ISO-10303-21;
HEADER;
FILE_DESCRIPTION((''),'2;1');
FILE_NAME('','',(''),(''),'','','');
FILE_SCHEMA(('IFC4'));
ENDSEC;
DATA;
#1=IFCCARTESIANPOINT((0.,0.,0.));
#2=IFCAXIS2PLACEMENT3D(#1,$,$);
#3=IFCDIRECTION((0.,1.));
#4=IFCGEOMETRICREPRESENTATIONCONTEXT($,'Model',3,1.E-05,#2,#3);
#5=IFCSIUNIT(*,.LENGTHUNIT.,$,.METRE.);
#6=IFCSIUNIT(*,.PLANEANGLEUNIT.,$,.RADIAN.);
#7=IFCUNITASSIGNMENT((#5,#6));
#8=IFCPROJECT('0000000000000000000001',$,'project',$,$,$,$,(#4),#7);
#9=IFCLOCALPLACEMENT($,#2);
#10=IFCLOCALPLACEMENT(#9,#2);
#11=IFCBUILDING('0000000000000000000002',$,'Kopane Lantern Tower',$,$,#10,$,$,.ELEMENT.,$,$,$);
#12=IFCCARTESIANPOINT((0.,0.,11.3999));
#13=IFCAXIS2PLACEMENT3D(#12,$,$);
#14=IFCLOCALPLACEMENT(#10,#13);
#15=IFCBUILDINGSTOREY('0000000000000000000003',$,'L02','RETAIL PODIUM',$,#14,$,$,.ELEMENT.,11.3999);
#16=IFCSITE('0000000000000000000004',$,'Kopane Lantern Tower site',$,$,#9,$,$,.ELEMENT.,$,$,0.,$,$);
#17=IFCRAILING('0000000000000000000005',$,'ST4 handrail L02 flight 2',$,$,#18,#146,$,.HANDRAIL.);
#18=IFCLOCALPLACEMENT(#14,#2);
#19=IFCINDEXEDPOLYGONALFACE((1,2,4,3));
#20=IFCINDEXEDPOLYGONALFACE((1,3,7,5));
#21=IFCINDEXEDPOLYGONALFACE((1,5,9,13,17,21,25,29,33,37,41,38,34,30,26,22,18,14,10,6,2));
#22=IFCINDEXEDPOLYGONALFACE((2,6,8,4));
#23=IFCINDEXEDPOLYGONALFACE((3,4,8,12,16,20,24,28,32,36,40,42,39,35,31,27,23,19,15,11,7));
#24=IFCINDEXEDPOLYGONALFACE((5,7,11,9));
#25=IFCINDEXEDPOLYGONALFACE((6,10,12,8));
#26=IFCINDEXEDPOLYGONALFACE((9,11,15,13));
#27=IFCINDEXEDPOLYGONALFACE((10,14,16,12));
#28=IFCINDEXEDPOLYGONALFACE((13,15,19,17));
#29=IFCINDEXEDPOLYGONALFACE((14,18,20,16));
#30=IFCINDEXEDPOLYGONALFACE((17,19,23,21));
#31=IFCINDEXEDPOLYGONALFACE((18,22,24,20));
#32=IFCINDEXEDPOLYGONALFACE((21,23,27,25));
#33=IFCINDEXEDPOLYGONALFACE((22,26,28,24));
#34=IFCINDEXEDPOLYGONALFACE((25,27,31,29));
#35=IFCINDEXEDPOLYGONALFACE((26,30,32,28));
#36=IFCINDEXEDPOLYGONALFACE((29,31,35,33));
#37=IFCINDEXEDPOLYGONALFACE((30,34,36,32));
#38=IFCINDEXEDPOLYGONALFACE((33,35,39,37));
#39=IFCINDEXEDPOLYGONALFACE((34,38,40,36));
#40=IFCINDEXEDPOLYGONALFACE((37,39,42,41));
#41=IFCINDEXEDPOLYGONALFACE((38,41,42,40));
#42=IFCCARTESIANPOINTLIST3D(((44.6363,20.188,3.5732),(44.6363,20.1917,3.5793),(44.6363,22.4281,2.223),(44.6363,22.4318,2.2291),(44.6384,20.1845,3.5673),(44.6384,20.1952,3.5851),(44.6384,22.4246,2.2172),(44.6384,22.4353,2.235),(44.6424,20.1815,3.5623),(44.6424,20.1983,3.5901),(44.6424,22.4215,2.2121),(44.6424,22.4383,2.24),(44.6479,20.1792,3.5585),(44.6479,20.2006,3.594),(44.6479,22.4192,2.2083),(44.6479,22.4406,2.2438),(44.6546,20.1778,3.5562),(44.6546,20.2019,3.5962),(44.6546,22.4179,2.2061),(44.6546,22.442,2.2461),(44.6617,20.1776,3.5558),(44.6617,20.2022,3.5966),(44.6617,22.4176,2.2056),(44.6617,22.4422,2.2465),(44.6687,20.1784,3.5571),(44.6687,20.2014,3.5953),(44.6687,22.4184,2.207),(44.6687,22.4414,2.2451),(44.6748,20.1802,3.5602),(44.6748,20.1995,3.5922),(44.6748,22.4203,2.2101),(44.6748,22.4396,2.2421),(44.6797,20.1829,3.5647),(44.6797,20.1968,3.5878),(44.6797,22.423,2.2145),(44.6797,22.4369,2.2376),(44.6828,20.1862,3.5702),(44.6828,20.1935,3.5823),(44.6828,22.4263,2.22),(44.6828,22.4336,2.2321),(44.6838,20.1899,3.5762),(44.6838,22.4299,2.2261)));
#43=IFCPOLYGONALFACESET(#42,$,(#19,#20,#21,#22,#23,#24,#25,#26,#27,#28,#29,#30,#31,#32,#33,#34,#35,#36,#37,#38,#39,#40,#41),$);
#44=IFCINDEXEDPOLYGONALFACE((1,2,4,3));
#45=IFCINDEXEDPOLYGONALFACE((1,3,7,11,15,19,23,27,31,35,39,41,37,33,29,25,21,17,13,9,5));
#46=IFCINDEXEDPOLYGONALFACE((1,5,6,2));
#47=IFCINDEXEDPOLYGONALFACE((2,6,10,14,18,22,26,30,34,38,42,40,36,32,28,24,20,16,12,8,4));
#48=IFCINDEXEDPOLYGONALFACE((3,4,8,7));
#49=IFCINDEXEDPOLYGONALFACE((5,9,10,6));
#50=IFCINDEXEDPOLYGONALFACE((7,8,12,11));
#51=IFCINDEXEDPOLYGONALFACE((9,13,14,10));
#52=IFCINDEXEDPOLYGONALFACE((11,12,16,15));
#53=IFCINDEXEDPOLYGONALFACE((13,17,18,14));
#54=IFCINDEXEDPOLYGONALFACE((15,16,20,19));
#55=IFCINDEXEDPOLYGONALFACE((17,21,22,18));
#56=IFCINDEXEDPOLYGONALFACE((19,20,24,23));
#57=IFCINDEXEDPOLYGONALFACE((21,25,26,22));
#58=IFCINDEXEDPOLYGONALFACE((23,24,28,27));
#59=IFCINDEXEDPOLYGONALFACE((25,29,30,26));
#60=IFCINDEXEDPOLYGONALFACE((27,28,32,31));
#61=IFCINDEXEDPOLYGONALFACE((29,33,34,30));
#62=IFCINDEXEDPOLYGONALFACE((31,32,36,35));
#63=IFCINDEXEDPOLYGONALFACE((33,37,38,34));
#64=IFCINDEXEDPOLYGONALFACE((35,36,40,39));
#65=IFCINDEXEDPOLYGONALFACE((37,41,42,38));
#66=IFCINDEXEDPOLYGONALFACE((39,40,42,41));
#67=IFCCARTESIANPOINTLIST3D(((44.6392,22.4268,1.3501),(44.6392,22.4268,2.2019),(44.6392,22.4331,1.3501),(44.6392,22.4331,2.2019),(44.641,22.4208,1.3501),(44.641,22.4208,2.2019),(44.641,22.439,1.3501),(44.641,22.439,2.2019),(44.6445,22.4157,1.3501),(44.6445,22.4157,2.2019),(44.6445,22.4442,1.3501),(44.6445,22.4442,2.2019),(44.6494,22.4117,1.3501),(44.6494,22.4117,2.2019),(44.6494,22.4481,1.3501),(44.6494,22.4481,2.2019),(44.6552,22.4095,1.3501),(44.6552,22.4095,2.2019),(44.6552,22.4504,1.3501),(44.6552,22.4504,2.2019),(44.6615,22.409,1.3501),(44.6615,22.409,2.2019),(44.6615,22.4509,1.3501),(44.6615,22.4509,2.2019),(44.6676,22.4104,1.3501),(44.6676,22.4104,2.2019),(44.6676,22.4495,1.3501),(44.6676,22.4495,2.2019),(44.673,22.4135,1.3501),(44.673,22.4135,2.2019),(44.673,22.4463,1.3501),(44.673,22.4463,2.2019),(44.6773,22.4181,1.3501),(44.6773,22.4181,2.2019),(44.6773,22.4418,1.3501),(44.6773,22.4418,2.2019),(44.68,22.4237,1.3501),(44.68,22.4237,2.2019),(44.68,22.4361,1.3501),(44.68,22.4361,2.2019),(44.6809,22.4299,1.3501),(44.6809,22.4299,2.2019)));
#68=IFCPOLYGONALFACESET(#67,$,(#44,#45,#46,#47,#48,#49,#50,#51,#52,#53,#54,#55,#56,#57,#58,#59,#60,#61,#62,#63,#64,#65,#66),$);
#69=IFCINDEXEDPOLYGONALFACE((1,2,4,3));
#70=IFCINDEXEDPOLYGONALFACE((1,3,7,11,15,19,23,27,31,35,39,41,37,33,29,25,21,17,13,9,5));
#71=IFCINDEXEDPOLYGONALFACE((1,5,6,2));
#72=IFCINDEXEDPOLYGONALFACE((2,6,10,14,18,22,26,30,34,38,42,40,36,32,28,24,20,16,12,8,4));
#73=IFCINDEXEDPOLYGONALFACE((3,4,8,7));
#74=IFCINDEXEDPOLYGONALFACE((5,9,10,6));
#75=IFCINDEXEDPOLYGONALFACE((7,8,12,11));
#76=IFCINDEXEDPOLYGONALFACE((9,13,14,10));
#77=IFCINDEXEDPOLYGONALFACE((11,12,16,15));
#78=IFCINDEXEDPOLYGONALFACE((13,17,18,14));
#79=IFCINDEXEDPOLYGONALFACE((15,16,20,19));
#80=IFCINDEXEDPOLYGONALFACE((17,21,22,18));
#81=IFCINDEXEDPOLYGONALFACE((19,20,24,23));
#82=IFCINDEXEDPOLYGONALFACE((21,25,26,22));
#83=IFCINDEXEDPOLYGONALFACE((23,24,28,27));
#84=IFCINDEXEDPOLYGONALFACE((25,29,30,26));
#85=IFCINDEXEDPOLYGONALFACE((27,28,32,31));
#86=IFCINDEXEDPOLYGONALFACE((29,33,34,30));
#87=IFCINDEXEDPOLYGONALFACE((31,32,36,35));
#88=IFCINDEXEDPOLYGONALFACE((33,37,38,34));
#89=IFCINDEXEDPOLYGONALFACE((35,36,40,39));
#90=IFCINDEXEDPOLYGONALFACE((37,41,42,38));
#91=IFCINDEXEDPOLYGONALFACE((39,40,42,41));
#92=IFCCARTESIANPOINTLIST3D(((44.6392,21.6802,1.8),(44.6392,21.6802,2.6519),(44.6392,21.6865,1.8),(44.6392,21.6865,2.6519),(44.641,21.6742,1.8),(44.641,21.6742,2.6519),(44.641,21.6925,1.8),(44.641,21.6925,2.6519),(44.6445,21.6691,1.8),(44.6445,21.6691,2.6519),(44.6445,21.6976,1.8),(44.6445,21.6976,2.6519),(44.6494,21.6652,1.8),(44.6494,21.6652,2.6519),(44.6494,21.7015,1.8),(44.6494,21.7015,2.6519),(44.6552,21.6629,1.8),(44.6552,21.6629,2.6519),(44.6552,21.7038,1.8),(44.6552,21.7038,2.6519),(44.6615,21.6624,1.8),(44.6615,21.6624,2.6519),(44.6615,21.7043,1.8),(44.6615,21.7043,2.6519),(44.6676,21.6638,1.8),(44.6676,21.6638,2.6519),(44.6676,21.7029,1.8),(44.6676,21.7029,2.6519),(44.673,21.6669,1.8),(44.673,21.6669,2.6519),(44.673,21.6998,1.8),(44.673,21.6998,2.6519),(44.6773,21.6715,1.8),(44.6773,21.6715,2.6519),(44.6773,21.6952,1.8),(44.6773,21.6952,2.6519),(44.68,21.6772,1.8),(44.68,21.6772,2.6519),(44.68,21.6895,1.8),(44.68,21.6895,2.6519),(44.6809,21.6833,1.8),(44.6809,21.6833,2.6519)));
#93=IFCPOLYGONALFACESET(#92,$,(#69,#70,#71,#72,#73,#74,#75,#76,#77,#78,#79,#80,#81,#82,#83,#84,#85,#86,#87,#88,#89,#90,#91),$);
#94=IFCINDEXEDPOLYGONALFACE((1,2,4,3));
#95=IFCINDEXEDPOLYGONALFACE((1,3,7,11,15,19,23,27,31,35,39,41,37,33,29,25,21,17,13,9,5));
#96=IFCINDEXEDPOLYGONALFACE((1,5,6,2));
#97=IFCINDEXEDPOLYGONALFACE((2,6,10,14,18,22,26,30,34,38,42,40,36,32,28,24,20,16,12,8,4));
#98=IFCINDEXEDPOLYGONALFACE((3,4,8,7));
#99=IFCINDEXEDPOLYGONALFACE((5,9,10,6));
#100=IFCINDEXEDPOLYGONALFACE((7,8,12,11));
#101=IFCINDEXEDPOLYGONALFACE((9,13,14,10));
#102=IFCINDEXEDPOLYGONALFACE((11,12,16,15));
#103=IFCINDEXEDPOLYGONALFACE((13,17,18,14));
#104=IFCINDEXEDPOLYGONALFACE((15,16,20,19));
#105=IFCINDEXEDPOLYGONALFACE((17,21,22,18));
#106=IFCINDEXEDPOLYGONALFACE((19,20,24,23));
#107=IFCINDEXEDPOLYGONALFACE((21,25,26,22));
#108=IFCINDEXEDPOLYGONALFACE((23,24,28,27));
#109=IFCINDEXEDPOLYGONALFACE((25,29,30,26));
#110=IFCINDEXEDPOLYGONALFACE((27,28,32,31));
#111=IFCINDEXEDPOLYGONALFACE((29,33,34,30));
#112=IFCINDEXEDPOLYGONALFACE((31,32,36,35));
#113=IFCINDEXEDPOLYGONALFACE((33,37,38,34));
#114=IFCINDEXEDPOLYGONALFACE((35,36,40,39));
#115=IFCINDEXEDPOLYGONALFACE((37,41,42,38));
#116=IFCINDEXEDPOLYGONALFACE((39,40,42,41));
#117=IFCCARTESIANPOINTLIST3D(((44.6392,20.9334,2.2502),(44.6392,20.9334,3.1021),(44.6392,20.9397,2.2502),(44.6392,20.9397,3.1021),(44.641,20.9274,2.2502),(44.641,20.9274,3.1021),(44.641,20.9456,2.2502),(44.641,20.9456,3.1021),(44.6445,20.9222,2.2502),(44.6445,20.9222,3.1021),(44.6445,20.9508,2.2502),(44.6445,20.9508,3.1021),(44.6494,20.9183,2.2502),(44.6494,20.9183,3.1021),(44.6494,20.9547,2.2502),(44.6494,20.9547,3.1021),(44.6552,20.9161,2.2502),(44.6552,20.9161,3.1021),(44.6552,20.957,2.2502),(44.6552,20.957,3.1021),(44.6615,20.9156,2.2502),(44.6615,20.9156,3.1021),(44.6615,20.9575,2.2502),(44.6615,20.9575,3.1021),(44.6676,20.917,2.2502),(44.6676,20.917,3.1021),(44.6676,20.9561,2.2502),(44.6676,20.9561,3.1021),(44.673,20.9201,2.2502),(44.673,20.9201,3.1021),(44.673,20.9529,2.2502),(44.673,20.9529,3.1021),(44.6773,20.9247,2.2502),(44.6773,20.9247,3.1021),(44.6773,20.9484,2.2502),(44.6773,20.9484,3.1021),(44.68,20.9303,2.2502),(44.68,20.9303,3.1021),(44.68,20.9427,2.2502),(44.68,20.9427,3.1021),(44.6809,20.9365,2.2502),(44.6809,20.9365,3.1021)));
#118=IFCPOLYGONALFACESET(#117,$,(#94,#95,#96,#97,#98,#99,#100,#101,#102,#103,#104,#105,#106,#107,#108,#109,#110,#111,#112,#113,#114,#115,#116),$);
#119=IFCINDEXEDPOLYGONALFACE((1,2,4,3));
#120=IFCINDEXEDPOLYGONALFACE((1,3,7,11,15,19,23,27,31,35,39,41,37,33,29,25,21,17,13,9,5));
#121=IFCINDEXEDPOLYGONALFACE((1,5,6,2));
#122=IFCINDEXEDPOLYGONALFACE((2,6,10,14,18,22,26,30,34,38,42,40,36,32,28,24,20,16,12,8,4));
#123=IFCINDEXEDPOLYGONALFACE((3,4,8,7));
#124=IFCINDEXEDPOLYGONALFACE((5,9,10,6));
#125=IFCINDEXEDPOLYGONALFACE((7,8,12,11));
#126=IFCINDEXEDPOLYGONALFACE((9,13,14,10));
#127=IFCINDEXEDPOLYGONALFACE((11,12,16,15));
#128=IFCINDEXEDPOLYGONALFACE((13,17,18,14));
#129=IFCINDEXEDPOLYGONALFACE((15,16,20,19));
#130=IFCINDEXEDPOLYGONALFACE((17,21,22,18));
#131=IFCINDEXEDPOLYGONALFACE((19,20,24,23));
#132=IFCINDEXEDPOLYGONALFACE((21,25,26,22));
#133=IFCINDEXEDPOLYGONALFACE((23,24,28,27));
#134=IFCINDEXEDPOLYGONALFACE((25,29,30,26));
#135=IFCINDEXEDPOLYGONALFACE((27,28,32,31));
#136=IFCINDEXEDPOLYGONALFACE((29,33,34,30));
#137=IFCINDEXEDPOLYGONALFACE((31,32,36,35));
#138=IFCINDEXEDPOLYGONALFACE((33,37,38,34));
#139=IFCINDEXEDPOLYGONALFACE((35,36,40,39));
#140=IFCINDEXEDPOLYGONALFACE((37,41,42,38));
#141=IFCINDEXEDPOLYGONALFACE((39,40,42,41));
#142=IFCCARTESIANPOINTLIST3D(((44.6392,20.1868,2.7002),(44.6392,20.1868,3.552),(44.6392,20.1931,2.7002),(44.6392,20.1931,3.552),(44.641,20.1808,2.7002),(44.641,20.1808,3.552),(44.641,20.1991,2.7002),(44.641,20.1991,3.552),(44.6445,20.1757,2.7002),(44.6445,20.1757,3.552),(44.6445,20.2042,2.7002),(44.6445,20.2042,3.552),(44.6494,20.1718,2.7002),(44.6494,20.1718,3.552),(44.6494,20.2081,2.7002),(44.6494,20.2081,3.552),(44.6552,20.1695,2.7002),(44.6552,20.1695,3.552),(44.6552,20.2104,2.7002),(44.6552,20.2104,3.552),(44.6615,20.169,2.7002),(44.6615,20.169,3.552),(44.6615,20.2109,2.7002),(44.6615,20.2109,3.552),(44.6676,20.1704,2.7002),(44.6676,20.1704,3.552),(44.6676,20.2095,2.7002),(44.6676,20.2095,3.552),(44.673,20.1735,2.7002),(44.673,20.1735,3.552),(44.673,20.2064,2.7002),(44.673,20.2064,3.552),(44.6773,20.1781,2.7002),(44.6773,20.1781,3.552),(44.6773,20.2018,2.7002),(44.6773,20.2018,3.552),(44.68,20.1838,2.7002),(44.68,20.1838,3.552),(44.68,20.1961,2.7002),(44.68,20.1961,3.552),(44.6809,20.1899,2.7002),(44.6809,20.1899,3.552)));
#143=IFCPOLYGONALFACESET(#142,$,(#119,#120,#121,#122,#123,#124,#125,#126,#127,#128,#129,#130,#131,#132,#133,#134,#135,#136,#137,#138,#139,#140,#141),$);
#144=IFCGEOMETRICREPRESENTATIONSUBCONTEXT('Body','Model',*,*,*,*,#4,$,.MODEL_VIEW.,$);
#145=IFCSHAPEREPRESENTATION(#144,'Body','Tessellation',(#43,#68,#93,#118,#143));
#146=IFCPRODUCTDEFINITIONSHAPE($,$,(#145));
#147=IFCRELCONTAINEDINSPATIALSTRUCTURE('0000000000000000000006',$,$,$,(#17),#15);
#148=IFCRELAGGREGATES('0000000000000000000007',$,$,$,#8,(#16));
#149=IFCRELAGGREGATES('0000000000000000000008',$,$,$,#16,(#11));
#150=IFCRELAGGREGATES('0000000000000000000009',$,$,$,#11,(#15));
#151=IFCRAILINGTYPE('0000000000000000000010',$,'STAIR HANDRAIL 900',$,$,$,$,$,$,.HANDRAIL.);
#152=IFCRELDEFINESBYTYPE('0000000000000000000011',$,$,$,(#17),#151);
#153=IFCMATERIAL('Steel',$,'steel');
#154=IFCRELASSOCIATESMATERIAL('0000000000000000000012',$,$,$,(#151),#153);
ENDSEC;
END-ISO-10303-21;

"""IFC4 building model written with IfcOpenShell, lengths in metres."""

from ifc_helpers import new_model, si_unit, direction, frame, origin, origin_2d, place, context, subcontext, project, spatial, circle, extrude, material, type_object, element, save


model = new_model("IFC4")

# Units and contexts
model_context = context("Model", 3, precision=1e-05, world=origin(), true_north=direction((0.0, 1.0)))
body_context = subcontext(model_context, "Body", "Model", "MODEL_VIEW")
ifc_project = project(units=[si_unit("LENGTHUNIT", "METRE"), si_unit("PLANEANGLEUNIT", "RADIAN")], contexts=[model_context])

# Site, building, storey
site_placement = place(None, origin())
site = spatial("IfcSite", under=ifc_project, at=site_placement, Name="Kopane Lantern Tower site", CompositionType="ELEMENT", RefElevation=0.0)
building_placement = place(site_placement, origin())
building = spatial("IfcBuilding", under=site, at=building_placement, Name="Kopane Lantern Tower", CompositionType="ELEMENT")
storey_placement = place(building_placement, frame((0.0, 0.0, 11.3999)))
storey = spatial("IfcBuildingStorey", under=building, at=storey_placement, Name="L02", Description="RETAIL PODIUM", CompositionType="ELEMENT", Elevation=11.3999)

# Railing
ifc_material_1 = material(Name="Steel", Category="steel")
railing_type_1 = type_object("IfcRailingType", Name="STAIR HANDRAIL 900", PredefinedType="HANDRAIL", material=ifc_material_1)
for number, where, name in (
    (1, (44.6599, 22.4299, 1.3501), "ST4 handrail L02 flight 2"),
):
    element("IfcRailing", number, at=place(storey_placement, frame(where)), inside=storey, type_object=railing_type_1, Name=name, PredefinedType="HANDRAIL", context=body_context, shape_type="SweptSolid", body=[
        extrude(circle(Radius=0.0239, at=origin_2d()), frame((0.0, 0.0, 0.876), z_axis=(0.0, -0.856462, 0.516211), x_axis=(1.0, 0.0, 0.0)), (0.0, 0.0, 1.0), 2.6155),
        extrude(circle(Radius=0.021, at=origin_2d()), origin(), (0.0, 0.0, 1.0), 0.8518),
        extrude(circle(Radius=0.021, at=origin_2d()), frame((0.0, -0.7466, 0.45)), (0.0, 0.0, 1.0), 0.8518),
        extrude(circle(Radius=0.021, at=origin_2d()), frame((0.0, -1.4934, 0.9001)), (0.0, 0.0, 1.0), 0.8518),
        extrude(circle(Radius=0.021, at=origin_2d()), frame((0.0, -2.24, 1.3501)), (0.0, 0.0, 1.0), 0.8518),
    ])

save(model, "model.ifc")
